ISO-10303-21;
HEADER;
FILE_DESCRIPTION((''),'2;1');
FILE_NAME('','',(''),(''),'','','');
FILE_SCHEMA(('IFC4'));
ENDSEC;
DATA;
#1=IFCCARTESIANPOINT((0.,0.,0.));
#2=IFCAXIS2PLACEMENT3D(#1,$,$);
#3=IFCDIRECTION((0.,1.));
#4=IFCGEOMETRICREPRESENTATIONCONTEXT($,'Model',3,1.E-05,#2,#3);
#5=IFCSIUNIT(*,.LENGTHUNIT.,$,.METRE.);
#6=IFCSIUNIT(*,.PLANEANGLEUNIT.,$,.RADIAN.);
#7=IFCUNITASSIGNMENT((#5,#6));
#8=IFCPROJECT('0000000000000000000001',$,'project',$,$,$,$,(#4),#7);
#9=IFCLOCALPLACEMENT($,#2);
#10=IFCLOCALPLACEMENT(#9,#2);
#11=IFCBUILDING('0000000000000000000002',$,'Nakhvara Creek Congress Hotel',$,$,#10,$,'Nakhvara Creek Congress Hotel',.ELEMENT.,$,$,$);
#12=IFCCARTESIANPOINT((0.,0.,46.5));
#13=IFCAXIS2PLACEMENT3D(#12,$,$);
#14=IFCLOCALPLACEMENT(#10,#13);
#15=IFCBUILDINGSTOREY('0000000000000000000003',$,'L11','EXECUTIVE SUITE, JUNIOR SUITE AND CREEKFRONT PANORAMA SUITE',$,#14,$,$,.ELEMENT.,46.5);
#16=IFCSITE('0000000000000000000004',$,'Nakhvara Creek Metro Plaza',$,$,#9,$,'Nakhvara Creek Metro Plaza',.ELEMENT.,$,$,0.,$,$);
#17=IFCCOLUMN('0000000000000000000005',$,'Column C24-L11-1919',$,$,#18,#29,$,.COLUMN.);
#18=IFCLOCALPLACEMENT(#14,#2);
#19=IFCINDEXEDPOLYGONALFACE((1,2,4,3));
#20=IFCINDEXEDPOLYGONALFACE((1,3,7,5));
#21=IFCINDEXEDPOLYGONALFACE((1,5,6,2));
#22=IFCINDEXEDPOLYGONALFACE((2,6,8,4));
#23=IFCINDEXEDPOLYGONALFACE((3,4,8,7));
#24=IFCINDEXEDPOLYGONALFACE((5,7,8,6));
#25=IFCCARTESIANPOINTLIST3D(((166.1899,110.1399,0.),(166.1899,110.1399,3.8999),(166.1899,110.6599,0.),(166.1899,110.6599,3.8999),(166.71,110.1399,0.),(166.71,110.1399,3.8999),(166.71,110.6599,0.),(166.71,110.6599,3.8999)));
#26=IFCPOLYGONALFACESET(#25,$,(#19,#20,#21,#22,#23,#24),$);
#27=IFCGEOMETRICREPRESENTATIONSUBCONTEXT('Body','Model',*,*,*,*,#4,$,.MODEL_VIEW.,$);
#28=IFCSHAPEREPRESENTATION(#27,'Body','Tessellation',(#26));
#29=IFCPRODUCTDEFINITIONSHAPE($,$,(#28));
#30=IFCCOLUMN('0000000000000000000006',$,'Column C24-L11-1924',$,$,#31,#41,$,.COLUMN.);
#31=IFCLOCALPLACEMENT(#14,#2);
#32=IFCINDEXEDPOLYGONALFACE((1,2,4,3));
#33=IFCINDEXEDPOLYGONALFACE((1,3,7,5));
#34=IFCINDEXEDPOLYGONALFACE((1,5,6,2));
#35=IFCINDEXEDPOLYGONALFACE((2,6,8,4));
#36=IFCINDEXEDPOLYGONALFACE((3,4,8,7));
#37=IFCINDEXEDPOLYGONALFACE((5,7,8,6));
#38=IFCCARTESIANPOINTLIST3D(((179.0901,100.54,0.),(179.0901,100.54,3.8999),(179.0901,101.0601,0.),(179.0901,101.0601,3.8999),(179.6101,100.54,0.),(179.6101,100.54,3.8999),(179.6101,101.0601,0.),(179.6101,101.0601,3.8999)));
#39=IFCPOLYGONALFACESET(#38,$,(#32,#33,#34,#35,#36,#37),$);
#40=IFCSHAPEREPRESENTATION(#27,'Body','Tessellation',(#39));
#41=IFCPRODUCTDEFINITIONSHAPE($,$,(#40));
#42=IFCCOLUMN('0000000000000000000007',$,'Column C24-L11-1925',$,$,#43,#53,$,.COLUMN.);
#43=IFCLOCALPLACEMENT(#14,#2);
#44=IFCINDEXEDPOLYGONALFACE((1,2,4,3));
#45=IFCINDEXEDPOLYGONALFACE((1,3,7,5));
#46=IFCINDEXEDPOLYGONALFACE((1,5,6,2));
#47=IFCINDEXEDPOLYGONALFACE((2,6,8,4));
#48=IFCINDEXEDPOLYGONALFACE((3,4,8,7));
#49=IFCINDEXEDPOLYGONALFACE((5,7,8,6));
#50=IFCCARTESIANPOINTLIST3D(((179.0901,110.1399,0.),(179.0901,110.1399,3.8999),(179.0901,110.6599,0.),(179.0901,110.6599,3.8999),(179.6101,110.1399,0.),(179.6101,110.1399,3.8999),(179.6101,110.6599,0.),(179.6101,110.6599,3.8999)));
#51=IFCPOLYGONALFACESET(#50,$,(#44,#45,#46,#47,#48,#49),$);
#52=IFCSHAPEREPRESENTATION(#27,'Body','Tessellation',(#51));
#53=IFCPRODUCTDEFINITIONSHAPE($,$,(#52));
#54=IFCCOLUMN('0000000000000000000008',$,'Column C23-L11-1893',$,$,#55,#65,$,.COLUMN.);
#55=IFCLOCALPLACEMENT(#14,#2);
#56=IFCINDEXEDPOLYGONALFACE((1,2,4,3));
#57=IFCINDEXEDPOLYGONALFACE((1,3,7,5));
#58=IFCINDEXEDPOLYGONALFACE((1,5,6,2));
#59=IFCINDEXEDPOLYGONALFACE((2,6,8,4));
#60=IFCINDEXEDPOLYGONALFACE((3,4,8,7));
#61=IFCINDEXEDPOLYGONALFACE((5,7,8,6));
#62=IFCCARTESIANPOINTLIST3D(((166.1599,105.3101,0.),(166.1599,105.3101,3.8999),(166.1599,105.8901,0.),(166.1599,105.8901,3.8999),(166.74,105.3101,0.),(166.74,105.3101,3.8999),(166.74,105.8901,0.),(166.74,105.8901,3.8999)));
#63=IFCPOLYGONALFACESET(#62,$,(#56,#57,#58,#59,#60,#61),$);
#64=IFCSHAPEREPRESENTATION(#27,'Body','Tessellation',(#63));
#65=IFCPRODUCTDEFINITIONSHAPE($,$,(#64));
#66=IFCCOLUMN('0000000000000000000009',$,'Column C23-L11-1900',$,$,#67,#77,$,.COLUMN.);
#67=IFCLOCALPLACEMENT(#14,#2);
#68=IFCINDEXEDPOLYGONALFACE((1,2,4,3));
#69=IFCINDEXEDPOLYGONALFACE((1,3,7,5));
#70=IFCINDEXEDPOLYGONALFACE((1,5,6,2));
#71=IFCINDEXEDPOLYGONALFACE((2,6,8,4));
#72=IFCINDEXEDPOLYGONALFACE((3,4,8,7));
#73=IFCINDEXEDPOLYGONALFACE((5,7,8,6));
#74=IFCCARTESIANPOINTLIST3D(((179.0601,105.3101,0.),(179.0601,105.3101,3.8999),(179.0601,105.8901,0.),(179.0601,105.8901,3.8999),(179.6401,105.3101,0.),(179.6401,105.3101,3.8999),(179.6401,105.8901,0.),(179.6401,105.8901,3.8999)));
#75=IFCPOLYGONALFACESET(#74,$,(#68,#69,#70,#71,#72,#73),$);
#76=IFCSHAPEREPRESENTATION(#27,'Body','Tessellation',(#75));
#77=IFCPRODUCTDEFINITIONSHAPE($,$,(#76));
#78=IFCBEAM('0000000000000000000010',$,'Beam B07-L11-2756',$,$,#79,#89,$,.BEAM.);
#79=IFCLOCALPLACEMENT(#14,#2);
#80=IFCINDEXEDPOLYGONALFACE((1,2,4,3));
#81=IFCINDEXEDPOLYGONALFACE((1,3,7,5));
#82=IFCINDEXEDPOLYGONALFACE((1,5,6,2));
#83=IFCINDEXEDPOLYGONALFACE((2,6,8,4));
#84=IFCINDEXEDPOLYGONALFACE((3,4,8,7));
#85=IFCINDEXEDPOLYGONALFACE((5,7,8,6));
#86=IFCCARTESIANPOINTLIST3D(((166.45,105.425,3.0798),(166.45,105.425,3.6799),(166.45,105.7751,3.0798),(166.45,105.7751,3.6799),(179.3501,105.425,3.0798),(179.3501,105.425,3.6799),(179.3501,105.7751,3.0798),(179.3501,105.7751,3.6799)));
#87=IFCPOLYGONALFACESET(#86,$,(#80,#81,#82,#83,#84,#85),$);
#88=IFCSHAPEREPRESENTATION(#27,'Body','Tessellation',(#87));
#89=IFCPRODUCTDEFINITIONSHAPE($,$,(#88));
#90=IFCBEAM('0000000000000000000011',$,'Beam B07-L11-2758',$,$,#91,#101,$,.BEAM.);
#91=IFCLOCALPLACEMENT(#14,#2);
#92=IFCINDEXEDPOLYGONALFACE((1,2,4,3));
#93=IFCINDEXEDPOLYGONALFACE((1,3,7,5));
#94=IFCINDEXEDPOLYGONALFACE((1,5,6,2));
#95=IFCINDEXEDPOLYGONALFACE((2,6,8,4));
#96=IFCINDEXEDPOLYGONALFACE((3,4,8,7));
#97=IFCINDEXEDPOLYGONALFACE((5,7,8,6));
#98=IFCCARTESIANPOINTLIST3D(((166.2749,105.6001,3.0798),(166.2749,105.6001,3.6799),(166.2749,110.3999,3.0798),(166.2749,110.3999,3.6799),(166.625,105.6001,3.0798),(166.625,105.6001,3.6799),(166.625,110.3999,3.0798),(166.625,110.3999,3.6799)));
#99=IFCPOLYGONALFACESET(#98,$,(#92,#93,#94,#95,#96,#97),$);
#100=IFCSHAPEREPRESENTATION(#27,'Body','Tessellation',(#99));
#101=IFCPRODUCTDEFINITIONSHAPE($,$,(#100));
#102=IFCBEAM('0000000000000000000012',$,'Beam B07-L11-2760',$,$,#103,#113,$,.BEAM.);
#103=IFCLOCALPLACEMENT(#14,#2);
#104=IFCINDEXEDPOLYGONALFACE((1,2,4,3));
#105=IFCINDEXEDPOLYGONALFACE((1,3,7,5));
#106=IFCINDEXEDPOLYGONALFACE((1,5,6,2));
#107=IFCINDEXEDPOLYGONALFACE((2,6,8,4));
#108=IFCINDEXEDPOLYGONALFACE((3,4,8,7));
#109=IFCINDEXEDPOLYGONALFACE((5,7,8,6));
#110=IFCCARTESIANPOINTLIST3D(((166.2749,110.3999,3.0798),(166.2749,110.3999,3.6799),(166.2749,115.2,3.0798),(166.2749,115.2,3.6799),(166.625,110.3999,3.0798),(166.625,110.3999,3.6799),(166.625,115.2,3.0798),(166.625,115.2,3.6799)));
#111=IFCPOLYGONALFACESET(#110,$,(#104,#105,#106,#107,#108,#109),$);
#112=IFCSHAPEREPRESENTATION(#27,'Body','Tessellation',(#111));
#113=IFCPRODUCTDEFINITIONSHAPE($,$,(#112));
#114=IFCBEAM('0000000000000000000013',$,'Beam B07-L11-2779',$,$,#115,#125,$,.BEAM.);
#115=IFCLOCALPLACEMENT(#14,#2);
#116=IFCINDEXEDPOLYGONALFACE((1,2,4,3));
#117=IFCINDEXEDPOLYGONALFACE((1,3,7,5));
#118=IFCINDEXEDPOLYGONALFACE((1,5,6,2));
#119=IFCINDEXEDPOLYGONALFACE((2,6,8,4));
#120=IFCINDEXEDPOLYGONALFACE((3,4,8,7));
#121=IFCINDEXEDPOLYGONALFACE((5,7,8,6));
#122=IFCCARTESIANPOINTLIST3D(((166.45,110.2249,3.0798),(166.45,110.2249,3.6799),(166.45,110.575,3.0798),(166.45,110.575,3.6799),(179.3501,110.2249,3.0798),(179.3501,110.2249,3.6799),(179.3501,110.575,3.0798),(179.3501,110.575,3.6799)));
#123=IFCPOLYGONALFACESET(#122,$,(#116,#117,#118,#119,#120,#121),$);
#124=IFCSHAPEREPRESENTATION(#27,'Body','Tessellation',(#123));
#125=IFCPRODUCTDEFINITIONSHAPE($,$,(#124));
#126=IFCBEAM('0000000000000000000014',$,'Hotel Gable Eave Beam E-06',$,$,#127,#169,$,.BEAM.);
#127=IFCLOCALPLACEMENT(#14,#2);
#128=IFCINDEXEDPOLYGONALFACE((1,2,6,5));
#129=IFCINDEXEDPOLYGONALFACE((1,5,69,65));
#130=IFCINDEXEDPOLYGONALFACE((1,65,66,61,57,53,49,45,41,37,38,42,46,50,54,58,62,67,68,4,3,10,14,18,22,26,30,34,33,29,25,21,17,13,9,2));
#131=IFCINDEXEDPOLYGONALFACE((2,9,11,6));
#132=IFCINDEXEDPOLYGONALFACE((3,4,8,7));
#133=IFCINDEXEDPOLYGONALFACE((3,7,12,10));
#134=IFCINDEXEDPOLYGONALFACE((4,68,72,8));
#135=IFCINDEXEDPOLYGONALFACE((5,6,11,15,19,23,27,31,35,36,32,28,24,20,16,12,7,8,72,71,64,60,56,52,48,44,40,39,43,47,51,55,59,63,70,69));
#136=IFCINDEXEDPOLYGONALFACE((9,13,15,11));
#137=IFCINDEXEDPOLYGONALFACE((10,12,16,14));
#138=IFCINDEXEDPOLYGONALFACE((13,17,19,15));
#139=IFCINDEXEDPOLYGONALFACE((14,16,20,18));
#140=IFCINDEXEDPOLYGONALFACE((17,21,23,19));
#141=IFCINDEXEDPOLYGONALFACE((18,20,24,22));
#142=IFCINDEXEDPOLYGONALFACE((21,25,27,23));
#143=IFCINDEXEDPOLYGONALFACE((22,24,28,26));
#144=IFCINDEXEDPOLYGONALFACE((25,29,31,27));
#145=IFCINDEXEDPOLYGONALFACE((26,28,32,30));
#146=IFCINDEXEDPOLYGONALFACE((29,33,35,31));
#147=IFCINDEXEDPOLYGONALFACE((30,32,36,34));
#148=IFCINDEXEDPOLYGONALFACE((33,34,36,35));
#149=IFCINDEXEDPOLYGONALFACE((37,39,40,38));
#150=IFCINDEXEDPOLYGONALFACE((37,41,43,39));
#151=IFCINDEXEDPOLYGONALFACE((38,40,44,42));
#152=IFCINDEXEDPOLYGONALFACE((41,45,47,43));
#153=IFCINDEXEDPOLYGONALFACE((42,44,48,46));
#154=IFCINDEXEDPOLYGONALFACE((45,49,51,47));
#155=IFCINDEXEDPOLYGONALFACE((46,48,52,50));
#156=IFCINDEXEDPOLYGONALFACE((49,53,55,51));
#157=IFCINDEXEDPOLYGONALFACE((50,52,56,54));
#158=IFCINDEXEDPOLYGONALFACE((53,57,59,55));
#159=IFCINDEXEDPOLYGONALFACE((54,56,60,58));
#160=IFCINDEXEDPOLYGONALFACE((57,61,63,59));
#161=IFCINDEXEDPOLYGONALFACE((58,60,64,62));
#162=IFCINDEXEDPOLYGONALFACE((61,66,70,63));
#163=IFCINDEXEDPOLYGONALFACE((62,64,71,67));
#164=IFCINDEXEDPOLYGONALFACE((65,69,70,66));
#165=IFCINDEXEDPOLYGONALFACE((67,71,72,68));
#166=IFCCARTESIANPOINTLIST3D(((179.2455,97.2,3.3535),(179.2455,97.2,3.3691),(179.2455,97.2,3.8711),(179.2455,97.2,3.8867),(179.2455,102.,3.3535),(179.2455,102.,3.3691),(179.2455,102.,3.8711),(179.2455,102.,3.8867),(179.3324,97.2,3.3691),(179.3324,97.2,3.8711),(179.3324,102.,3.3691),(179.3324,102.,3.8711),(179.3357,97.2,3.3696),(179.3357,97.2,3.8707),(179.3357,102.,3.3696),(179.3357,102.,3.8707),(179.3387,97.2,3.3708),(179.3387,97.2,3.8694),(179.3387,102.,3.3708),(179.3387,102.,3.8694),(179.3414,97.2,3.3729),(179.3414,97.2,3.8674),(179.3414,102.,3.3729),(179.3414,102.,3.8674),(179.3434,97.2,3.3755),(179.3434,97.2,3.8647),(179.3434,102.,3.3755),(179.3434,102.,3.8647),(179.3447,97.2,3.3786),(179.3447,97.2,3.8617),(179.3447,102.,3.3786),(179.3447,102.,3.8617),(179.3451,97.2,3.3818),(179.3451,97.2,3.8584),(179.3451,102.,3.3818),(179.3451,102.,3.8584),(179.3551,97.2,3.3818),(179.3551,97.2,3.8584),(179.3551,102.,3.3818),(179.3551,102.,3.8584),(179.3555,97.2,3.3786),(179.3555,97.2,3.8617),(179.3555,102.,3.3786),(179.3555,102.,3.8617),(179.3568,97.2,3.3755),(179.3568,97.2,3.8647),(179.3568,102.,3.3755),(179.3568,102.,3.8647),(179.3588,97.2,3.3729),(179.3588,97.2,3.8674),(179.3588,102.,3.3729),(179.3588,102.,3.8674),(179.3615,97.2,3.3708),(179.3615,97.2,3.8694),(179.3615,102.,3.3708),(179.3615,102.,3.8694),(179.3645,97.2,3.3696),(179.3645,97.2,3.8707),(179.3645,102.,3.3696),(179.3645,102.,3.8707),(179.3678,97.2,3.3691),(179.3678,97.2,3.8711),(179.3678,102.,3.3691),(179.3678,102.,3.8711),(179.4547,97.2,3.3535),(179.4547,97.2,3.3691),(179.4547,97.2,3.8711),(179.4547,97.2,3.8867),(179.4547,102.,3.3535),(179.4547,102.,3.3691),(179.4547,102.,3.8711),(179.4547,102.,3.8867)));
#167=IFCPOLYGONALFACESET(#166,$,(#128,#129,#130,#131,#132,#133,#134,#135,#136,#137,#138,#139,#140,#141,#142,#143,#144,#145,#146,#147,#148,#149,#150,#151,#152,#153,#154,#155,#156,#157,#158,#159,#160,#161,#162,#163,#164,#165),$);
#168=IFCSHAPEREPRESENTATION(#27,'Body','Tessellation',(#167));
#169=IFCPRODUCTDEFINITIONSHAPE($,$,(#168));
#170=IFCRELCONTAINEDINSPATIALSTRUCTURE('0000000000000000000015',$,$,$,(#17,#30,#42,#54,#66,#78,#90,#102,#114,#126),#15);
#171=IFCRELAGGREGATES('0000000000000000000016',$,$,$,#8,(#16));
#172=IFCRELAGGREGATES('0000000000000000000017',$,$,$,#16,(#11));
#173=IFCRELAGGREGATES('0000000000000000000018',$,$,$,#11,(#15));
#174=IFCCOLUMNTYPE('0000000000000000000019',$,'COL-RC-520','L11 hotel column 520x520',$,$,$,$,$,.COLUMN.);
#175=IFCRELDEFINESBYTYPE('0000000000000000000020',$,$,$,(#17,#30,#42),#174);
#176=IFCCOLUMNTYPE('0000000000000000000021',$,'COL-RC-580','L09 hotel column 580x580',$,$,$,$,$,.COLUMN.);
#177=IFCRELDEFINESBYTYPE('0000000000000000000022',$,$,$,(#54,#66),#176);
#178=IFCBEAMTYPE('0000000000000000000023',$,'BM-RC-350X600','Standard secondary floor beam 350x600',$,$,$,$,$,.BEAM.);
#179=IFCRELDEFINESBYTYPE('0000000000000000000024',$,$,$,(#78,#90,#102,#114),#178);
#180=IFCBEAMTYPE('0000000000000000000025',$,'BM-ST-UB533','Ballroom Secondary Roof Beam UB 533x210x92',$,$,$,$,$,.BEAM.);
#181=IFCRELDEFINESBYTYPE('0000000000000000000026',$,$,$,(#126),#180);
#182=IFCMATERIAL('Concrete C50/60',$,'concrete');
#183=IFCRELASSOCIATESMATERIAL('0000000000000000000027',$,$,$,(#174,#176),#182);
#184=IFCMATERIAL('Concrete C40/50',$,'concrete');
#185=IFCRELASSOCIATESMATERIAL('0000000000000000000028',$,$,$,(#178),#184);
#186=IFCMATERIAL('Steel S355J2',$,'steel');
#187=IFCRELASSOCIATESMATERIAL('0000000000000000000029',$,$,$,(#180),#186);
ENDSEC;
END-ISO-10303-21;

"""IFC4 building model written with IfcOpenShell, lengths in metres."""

from ifc_helpers import new_model, si_unit, direction, frame, origin, origin_2d, place, context, subcontext, project, spatial, rectangle, i_section, extrude, material, material_profile, profile_set, type_object, element, save


model = new_model("IFC4")

# Units and contexts
model_context = context("Model", 3, precision=1e-05, world=origin(), true_north=direction((0.0, 1.0)))
body_context = subcontext(model_context, "Body", "Model", "MODEL_VIEW")
ifc_project = project(units=[si_unit("LENGTHUNIT", "METRE"), si_unit("PLANEANGLEUNIT", "RADIAN")], contexts=[model_context])

# Site, building, storey
site_placement = place(None, origin())
site = spatial("IfcSite", under=ifc_project, at=site_placement, Name="Nakhvara Creek Metro Plaza", LongName="Nakhvara Creek Metro Plaza", CompositionType="ELEMENT", RefElevation=0.0)
building_placement = place(site_placement, origin())
building = spatial("IfcBuilding", under=site, at=building_placement, Name="Nakhvara Creek Congress Hotel", LongName="Nakhvara Creek Congress Hotel", CompositionType="ELEMENT")
storey_placement = place(building_placement, frame((0.0, 0.0, 46.5)))
storey = spatial("IfcBuildingStorey", under=building, at=storey_placement, Name="L11", Description="EXECUTIVE SUITE, JUNIOR SUITE AND CREEKFRONT PANORAMA SUITE", CompositionType="ELEMENT", Elevation=46.5)

# Columns
ifc_material_1 = material(Name="Concrete C50/60", Category="concrete")
ifc_material_profile_1 = material_profile(ifc_material_1, rectangle(XDim=0.52, YDim=0.52, at=origin_2d()), Name="RC-COL 520x520", Category="LoadBearing")
ifc_profile_set_1 = profile_set([ifc_material_profile_1], Name="Concrete C50/60")
column_type_1 = type_object("IfcColumnType", Name="COL-RC-520", Description="L11 hotel column 520x520", PredefinedType="COLUMN", material=ifc_profile_set_1)
for number, where, z_axis, x_axis, name in (
    (1, (166.45, 110.3999, 0.0), (0.0, 0.0, 1.0), (1.0, 0.0, 0.0), "Column C24-L11-1919"),
    (2, (179.3501, 100.8, 0.0), (0.0, 0.0, 1.0), (1.0, 0.0, 0.0), "Column C24-L11-1924"),
    (3, (179.3501, 110.3999, 0.0), (0.0, 0.0, 1.0), (1.0, 0.0, 0.0), "Column C24-L11-1925"),
):
    element("IfcColumn", number, at=place(storey_placement, frame(where, z_axis=z_axis, x_axis=x_axis)), inside=storey, type_object=column_type_1, Name=name, PredefinedType="COLUMN", context=body_context, shape_type="SweptSolid", body=[
        extrude(rectangle(XDim=0.52, YDim=0.52, at=origin_2d()), origin(), (0.0, 0.0, 1.0), 3.8999),
    ])
ifc_material_profile_2 = material_profile(ifc_material_1, rectangle(XDim=0.5801, YDim=0.5801, at=origin_2d()), Name="RC-COL 580x580", Category="LoadBearing")
ifc_profile_set_2 = profile_set([ifc_material_profile_2], Name="Concrete C50/60")
column_type_2 = type_object("IfcColumnType", Name="COL-RC-580", Description="L09 hotel column 580x580", PredefinedType="COLUMN", material=ifc_profile_set_2)
for number, where, z_axis, x_axis, name in (
    (4, (166.45, 105.6001, 0.0), (0.0, 0.0, 1.0), (1.0, 0.0, 0.0), "Column C23-L11-1893"),
    (5, (179.3501, 105.6001, 0.0), (0.0, 0.0, 1.0), (1.0, 0.0, 0.0), "Column C23-L11-1900"),
):
    element("IfcColumn", number, at=place(storey_placement, frame(where, z_axis=z_axis, x_axis=x_axis)), inside=storey, type_object=column_type_2, Name=name, PredefinedType="COLUMN", context=body_context, shape_type="SweptSolid", body=[
        extrude(rectangle(XDim=0.5801, YDim=0.5801, at=origin_2d()), origin(), (0.0, 0.0, 1.0), 3.8999),
    ])

# Beams
ifc_material_2 = material(Name="Concrete C40/50", Category="concrete")
ifc_material_profile_3 = material_profile(ifc_material_2, rectangle(XDim=0.3501, YDim=0.6001, at=origin_2d()), Name="RC-BM 350x600", Category="LoadBearing")
ifc_profile_set_3 = profile_set([ifc_material_profile_3], Name="Concrete C40/50")
beam_type_1 = type_object("IfcBeamType", Name="BM-RC-350X600", Description="Standard secondary floor beam 350x600", PredefinedType="BEAM", material=ifc_profile_set_3)
beam_1_placement = place(storey_placement, frame((166.45, 105.6001, 3.3799), z_axis=(1.0, 0.0, 0.0), x_axis=(0.0, 1.0, 0.0)))
element("IfcBeam", 6, at=beam_1_placement, inside=storey, type_object=beam_type_1, Name="Beam B07-L11-2756", PredefinedType="BEAM", context=body_context, shape_type="SweptSolid", body=[
    extrude(rectangle(XDim=0.3501, YDim=0.6001, at=origin_2d()), origin(), (0.0, 0.0, 1.0), 12.9001),
])
beam_2_placement = place(storey_placement, frame((166.45, 105.6001, 3.3799), z_axis=(0.0, 1.0, 0.0), x_axis=(-1.0, 0.0, 0.0)))
element("IfcBeam", 7, at=beam_2_placement, inside=storey, type_object=beam_type_1, Name="Beam B07-L11-2758", PredefinedType="BEAM", context=body_context, shape_type="SweptSolid", body=[
    extrude(rectangle(XDim=0.3501, YDim=0.6001, at=origin_2d()), origin(), (0.0, 0.0, 1.0), 4.7998),
])
beam_3_placement = place(storey_placement, frame((166.45, 110.3999, 3.3799), z_axis=(0.0, 1.0, 0.0), x_axis=(-1.0, 0.0, 0.0)))
element("IfcBeam", 8, at=beam_3_placement, inside=storey, type_object=beam_type_1, Name="Beam B07-L11-2760", PredefinedType="BEAM", context=body_context, shape_type="SweptSolid", body=[
    extrude(rectangle(XDim=0.3501, YDim=0.6001, at=origin_2d()), origin(), (0.0, 0.0, 1.0), 4.8),
])
beam_4_placement = place(storey_placement, frame((166.45, 110.3999, 3.3799), z_axis=(1.0, 0.0, 0.0), x_axis=(0.0, 1.0, 0.0)))
element("IfcBeam", 9, at=beam_4_placement, inside=storey, type_object=beam_type_1, Name="Beam B07-L11-2779", PredefinedType="BEAM", context=body_context, shape_type="SweptSolid", body=[
    extrude(rectangle(XDim=0.3501, YDim=0.6001, at=origin_2d()), origin(), (0.0, 0.0, 1.0), 12.9001),
])
ifc_material_3 = material(Name="Steel S355J2", Category="steel")
ifc_material_profile_4 = material_profile(ifc_material_3, i_section(OverallWidth=0.2092, OverallDepth=0.5332, WebThickness=0.01, FlangeThickness=0.0156, FilletRadius=0.0127, at=origin_2d()), Name="UB 533x210x92", Category="LoadBearing")
ifc_profile_set_4 = profile_set([ifc_material_profile_4], Name="Steel S355J2")
beam_type_2 = type_object("IfcBeamType", Name="BM-ST-UB533", Description="Ballroom Secondary Roof Beam UB 533x210x92", PredefinedType="BEAM", material=ifc_profile_set_4)
for number, where, z_axis, x_axis, name in (
    (10, (179.3501, 97.2, 3.6201), (0.0, 1.0, 0.0), (-1.0, 0.0, 0.0), "Hotel Gable Eave Beam E-06"),
):
    element("IfcBeam", number, at=place(storey_placement, frame(where, z_axis=z_axis, x_axis=x_axis)), inside=storey, type_object=beam_type_2, Name=name, PredefinedType="BEAM", context=body_context, shape_type="SweptSolid", body=[
        extrude(i_section(OverallWidth=0.2092, OverallDepth=0.5332, WebThickness=0.01, FlangeThickness=0.0156, FilletRadius=0.0127, at=origin_2d()), origin(), (0.0, 0.0, 1.0), 4.8),
    ])

save(model, "model.ifc")
